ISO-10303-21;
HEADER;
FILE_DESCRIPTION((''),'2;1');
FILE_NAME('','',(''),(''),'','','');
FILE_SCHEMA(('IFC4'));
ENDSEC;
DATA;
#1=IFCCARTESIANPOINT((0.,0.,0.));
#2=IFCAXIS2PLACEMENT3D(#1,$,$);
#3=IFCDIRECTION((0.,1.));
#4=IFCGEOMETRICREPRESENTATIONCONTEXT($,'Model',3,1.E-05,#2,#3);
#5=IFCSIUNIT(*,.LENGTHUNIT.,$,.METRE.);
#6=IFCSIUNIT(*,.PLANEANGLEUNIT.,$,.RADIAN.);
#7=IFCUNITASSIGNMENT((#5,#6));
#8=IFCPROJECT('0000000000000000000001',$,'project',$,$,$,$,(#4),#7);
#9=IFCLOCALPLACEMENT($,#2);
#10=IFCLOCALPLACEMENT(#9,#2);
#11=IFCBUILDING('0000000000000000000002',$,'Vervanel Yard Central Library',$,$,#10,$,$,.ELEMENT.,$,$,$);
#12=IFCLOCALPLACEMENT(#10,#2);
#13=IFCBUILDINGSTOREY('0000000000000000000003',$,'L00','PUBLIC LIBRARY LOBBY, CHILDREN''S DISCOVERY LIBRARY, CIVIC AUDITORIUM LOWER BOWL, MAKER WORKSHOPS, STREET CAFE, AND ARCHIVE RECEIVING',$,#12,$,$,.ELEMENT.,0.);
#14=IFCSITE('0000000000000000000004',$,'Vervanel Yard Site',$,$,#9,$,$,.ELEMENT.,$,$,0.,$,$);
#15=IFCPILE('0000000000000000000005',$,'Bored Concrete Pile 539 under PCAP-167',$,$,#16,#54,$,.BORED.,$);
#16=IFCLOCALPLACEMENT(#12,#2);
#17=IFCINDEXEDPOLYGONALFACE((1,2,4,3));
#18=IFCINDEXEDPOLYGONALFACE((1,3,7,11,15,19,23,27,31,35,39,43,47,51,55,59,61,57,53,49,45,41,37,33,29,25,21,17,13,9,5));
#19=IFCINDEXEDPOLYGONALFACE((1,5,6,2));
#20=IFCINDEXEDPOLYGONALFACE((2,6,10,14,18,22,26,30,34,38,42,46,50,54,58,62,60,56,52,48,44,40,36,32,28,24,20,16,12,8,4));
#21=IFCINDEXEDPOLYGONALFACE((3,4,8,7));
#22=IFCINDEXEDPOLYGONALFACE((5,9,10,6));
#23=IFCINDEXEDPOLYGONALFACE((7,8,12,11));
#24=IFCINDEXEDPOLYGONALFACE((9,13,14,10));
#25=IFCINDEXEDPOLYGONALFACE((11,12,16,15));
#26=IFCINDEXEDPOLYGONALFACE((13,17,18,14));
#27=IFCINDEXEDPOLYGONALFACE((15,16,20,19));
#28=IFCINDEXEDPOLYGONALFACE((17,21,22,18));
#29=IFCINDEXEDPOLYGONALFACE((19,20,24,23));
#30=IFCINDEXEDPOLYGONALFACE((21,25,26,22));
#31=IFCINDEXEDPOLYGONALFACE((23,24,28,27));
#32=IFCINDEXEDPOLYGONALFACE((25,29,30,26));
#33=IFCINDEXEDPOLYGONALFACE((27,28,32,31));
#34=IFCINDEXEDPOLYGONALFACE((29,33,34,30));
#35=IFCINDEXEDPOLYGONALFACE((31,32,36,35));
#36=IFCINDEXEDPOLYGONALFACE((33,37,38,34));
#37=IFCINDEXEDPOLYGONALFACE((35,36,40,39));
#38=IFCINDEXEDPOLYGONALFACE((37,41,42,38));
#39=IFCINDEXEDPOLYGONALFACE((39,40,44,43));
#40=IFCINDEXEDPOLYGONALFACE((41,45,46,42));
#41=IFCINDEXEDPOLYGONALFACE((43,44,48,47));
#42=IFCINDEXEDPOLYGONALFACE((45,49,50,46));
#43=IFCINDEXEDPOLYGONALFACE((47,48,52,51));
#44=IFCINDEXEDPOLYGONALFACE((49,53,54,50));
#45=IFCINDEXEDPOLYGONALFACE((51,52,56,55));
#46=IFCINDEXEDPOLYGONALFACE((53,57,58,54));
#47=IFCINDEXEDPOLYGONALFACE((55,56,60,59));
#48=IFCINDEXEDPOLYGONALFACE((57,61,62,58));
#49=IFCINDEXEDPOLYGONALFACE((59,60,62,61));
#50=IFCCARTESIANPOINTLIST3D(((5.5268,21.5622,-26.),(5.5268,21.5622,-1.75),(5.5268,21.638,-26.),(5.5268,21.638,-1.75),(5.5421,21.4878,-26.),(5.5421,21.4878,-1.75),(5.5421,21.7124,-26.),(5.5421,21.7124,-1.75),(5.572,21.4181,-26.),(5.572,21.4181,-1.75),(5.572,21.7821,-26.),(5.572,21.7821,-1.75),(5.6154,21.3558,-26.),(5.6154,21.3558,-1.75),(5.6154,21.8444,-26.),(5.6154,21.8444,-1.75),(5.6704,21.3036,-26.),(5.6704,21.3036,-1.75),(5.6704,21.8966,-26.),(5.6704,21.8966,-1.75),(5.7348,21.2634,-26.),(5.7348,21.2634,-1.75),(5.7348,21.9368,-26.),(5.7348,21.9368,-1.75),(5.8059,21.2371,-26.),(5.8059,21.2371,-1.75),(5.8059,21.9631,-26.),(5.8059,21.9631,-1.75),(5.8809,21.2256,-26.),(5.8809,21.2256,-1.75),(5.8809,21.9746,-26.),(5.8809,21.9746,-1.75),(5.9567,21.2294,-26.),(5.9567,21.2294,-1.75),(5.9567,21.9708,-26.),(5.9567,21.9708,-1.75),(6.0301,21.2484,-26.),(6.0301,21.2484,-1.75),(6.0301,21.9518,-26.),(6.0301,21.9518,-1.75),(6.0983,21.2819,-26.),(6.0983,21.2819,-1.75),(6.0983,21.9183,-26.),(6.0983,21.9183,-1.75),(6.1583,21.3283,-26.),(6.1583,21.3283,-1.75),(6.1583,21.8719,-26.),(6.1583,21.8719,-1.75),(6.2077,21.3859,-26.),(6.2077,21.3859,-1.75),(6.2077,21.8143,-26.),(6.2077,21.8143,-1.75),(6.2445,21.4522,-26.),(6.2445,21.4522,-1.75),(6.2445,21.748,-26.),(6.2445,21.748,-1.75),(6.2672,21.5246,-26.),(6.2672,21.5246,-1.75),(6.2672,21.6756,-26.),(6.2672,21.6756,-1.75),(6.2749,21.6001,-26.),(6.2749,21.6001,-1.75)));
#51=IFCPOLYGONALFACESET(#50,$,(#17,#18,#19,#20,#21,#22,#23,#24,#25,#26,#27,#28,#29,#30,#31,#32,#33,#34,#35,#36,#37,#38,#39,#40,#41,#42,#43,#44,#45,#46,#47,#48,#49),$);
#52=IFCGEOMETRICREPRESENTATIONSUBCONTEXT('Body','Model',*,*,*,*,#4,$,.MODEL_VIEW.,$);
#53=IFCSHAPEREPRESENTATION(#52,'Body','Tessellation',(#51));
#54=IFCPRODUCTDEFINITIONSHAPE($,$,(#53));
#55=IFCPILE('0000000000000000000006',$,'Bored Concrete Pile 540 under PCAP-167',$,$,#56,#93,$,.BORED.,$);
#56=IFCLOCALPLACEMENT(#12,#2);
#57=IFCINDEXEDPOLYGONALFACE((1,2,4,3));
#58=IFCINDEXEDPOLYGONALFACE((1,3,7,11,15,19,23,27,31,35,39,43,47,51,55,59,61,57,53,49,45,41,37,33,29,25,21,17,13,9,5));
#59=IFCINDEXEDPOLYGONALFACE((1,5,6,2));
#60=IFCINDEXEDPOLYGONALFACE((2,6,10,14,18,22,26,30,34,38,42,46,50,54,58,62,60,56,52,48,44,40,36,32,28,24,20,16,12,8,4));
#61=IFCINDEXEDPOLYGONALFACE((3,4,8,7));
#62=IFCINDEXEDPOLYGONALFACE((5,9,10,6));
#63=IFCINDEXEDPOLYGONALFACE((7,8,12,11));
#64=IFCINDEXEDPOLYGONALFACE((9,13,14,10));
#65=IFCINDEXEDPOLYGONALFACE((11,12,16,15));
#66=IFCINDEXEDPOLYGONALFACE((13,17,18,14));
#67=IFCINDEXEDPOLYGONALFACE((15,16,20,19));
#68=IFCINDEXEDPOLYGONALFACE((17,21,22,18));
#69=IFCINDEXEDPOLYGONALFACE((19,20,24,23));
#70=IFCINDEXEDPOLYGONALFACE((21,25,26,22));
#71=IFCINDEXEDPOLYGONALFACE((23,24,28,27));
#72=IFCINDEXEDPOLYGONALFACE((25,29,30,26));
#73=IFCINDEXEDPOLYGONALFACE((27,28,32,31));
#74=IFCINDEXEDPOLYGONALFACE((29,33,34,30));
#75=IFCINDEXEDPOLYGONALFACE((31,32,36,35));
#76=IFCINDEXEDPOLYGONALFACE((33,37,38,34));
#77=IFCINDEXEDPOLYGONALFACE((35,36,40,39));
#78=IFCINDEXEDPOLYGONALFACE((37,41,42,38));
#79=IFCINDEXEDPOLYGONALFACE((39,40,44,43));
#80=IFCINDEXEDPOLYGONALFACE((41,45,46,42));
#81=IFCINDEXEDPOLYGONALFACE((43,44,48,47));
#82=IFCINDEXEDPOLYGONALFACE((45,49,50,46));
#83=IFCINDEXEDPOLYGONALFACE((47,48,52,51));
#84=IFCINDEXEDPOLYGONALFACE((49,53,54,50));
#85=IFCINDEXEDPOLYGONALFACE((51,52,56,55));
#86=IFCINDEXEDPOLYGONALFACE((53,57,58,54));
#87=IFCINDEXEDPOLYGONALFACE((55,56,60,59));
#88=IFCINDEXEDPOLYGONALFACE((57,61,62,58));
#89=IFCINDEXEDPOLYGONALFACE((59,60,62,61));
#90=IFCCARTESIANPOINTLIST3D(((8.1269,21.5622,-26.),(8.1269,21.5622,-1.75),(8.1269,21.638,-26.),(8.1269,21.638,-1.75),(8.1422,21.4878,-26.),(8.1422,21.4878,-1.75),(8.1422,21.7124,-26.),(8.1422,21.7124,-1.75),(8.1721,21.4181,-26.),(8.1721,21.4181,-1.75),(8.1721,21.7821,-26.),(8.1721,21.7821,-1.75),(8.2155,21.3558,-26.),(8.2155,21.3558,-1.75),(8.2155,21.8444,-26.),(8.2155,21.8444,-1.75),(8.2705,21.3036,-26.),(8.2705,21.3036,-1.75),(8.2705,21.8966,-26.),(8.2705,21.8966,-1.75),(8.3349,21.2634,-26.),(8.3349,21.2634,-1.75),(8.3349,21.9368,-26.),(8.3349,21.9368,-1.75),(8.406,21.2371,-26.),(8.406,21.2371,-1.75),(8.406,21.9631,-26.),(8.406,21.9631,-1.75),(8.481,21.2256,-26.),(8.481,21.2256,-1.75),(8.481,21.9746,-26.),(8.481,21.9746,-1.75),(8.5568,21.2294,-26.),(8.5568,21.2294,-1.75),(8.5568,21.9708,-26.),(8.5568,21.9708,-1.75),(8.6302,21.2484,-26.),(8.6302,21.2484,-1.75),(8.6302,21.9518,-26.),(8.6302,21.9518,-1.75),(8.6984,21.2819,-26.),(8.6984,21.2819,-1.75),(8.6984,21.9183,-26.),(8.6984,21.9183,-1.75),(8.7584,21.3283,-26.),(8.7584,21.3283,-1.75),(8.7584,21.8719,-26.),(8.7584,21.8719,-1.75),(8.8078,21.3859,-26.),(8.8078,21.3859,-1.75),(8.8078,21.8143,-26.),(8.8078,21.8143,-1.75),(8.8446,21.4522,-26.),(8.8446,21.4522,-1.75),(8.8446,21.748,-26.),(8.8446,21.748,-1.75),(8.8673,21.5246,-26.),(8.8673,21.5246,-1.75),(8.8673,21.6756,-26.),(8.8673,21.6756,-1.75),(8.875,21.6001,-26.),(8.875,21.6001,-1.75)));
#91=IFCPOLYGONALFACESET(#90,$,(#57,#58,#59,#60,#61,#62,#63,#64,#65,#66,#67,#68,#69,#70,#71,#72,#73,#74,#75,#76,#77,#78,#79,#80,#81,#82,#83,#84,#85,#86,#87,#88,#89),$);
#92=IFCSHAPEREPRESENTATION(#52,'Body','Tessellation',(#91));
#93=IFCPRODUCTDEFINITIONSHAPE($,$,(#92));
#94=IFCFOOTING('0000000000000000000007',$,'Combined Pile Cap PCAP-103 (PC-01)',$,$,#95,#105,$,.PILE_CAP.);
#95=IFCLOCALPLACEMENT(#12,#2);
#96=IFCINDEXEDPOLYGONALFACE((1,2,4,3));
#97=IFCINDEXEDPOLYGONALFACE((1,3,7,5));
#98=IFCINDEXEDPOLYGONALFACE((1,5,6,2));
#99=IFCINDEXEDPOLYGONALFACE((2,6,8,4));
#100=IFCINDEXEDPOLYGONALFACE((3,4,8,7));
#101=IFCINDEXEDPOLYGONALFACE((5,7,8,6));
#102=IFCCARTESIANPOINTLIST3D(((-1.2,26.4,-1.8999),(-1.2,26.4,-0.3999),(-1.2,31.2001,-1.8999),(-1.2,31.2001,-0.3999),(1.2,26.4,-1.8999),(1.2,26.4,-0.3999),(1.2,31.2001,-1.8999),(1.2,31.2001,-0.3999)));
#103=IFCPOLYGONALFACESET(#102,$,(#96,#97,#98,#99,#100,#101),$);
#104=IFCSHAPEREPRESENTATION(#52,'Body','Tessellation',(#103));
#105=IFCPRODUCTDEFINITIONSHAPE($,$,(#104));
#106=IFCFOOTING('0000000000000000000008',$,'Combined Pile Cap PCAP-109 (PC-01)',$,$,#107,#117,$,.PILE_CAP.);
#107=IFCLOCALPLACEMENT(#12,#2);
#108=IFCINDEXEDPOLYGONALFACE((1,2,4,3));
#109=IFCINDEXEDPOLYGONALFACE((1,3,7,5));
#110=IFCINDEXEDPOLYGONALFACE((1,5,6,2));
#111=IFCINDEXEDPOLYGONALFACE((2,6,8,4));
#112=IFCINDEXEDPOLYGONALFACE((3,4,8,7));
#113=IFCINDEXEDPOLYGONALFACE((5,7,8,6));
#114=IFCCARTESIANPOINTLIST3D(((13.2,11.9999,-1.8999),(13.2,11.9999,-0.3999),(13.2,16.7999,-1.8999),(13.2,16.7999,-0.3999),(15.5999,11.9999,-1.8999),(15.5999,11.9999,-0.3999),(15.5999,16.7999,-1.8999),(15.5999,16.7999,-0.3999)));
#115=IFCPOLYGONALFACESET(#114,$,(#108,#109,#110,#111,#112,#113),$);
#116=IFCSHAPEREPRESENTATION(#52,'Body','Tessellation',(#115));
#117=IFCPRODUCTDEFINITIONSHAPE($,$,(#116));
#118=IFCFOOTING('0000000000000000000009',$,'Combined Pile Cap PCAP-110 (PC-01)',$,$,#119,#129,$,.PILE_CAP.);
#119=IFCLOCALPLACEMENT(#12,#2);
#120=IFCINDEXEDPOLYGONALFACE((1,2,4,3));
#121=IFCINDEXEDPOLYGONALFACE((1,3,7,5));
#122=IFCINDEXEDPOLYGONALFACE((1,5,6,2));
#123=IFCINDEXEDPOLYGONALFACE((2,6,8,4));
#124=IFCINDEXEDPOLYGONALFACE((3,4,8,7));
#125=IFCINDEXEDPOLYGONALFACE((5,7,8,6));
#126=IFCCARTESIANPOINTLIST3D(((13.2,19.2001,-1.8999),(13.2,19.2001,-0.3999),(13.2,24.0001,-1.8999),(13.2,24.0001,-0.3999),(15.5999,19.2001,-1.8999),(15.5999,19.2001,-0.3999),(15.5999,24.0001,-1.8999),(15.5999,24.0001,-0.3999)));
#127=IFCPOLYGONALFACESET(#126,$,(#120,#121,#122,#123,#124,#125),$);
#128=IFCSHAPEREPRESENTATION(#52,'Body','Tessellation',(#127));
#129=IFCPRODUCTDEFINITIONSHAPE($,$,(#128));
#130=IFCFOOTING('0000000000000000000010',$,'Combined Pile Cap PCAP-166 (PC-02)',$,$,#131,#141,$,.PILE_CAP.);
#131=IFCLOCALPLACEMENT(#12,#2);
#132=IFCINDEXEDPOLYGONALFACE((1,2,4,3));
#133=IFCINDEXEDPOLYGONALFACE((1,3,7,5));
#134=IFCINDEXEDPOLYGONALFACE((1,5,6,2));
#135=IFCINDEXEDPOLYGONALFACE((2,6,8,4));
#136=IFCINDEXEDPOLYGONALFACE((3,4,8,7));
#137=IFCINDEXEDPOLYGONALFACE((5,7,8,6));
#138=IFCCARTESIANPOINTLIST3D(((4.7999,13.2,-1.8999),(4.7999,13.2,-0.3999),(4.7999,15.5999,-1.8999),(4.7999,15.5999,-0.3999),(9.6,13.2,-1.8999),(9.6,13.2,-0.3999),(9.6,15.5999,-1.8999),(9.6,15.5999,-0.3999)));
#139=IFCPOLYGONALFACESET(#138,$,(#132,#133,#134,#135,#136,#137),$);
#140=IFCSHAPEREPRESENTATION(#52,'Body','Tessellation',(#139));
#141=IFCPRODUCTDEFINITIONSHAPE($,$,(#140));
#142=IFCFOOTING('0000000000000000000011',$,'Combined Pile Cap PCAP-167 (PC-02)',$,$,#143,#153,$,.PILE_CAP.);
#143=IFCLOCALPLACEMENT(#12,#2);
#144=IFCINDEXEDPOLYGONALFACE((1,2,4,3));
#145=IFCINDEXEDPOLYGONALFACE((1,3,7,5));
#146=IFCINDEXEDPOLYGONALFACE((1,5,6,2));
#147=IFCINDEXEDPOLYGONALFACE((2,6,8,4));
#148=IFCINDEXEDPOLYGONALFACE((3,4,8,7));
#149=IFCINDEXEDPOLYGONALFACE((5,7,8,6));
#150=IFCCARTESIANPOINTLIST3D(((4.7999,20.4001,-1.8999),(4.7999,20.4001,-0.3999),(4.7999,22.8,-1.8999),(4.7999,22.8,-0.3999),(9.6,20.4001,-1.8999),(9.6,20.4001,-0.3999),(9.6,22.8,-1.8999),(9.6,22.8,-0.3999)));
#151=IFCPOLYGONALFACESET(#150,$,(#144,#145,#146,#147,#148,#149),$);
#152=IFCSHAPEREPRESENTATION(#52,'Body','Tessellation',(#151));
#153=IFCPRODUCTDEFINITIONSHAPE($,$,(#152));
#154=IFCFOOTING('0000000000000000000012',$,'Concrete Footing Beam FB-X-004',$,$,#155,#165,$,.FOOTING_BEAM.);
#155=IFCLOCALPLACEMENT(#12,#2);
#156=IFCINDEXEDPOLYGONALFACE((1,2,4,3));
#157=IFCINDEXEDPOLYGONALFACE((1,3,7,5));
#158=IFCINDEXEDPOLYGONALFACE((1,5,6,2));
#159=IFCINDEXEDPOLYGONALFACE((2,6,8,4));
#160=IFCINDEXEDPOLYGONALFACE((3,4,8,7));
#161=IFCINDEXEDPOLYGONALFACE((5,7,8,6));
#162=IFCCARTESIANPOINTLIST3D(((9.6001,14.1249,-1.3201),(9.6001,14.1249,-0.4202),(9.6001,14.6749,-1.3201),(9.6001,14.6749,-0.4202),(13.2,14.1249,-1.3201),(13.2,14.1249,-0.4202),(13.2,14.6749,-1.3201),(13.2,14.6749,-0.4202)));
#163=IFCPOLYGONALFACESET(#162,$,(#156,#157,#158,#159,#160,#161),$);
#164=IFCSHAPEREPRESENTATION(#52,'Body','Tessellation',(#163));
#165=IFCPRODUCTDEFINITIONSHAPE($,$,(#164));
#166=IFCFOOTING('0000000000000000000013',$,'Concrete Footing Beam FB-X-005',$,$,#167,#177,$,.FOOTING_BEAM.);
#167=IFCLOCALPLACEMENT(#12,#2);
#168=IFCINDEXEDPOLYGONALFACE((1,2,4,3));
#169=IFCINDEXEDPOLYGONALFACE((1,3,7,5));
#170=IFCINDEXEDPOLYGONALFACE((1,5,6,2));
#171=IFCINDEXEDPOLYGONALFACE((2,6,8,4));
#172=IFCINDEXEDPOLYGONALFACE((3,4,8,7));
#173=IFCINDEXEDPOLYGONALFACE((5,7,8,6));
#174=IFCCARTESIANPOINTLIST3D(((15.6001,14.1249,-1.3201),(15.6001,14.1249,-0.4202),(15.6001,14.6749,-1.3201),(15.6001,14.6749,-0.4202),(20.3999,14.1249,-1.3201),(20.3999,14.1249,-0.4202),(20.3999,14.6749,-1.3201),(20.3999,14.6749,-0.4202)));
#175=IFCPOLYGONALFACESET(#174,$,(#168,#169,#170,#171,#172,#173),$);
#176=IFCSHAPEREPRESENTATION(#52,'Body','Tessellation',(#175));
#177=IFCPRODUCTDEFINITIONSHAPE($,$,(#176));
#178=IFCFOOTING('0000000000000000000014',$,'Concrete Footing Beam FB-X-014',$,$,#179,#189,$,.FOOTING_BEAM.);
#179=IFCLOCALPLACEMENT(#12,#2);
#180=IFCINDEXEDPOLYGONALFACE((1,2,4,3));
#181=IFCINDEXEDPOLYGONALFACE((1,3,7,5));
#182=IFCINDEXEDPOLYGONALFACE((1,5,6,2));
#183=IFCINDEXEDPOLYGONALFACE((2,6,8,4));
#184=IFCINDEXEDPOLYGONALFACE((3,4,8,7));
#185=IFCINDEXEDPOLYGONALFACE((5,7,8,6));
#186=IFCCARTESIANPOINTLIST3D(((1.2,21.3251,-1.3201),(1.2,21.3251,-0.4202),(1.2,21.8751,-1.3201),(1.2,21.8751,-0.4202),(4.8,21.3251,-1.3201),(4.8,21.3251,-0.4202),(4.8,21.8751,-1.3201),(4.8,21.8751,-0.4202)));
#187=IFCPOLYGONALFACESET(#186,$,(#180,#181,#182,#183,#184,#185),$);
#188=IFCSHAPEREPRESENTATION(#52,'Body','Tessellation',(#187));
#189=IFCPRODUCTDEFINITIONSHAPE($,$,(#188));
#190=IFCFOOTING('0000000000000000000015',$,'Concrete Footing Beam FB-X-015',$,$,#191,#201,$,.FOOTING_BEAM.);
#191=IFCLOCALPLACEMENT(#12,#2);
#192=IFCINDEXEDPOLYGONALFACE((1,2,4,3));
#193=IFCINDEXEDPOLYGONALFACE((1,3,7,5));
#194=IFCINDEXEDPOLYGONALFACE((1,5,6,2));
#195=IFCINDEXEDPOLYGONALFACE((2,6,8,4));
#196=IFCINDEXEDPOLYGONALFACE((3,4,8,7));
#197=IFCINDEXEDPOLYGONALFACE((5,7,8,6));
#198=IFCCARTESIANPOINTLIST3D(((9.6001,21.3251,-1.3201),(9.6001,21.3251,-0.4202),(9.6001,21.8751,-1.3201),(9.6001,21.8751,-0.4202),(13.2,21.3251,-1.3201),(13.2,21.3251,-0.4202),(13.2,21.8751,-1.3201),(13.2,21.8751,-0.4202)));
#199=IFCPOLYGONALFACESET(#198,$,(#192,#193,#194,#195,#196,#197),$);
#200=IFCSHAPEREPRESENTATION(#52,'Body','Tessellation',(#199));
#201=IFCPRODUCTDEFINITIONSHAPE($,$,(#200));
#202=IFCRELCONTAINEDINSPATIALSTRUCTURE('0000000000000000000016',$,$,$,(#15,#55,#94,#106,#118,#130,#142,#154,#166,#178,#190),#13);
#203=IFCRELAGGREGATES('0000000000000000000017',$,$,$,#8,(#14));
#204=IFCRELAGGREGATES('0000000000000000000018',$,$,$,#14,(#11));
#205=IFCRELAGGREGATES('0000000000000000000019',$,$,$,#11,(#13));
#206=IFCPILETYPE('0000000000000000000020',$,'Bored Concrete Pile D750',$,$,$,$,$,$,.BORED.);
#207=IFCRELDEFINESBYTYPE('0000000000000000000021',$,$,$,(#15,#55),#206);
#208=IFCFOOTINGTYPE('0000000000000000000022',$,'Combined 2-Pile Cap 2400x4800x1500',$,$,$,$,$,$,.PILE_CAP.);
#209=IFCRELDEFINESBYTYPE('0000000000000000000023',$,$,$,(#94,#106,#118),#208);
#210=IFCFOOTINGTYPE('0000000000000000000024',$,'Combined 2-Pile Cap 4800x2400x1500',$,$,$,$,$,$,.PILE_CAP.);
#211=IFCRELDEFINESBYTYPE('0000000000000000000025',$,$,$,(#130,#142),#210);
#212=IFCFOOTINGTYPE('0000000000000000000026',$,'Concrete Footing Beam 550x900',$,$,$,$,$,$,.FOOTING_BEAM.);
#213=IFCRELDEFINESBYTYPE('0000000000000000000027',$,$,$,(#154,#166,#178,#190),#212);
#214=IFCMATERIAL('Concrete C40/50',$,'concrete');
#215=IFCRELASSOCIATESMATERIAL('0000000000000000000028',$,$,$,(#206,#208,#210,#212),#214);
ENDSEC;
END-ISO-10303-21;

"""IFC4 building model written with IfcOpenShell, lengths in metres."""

from ifc_helpers import new_model, si_unit, direction, frame, origin, origin_2d, place, context, subcontext, project, spatial, rectangle, circle, extrude, material, material_profile, profile_set, type_object, element, save


model = new_model("IFC4")

# Units and contexts
model_context = context("Model", 3, precision=1e-05, world=origin(), true_north=direction((0.0, 1.0)))
body_context = subcontext(model_context, "Body", "Model", "MODEL_VIEW")
ifc_project = project(units=[si_unit("LENGTHUNIT", "METRE"), si_unit("PLANEANGLEUNIT", "RADIAN")], contexts=[model_context])

# Site, building, storey
site_placement = place(None, origin())
site = spatial("IfcSite", under=ifc_project, at=site_placement, Name="Vervanel Yard Site", CompositionType="ELEMENT", RefElevation=0.0)
building_placement = place(site_placement, origin())
building = spatial("IfcBuilding", under=site, at=building_placement, Name="Vervanel Yard Central Library", CompositionType="ELEMENT")
storey_placement = place(building_placement, origin())
storey = spatial("IfcBuildingStorey", under=building, at=storey_placement, Name="L00", Description="PUBLIC LIBRARY LOBBY, CHILDREN'S DISCOVERY LIBRARY, CIVIC AUDITORIUM LOWER BOWL, MAKER WORKSHOPS, STREET CAFE, AND ARCHIVE RECEIVING", CompositionType="ELEMENT", Elevation=0.0)

# Piles
ifc_material_1 = material(Name="Concrete C40/50", Category="concrete")
ifc_material_profile_1 = material_profile(ifc_material_1, circle(Radius=0.375, at=origin_2d()), Name="BP D750", Category="concrete")
ifc_profile_set_1 = profile_set([ifc_material_profile_1], Name="Concrete C40/50")
pile_type = type_object("IfcPileType", Name="Bored Concrete Pile D750", PredefinedType="BORED", material=ifc_profile_set_1)
for number, where, z_axis, x_axis, name in (
    (1, (5.8999, 21.6001, -1.75), (0.0, 0.0, -1.0), (1.0, 0.0, 0.0), "Bored Concrete Pile 539 under PCAP-167"),
    (2, (8.5, 21.6001, -1.75), (0.0, 0.0, -1.0), (1.0, 0.0, 0.0), "Bored Concrete Pile 540 under PCAP-167"),
):
    element("IfcPile", number, at=place(storey_placement, frame(where, z_axis=z_axis, x_axis=x_axis)), inside=storey, type_object=pile_type, Name=name, PredefinedType="BORED", context=body_context, shape_type="SweptSolid", body=[
        extrude(circle(Radius=0.375, at=origin_2d()), origin(), (0.0, 0.0, 1.0), 24.25),
    ])

# Footings
footing_type_1 = type_object("IfcFootingType", Name="Combined 2-Pile Cap 2400x4800x1500", PredefinedType="PILE_CAP", material=ifc_material_1)
for number, where, z_axis, x_axis, name in (
    (3, (0.0, 28.8, -1.8999), (0.0, 0.0, 1.0), (1.0, 0.0, 0.0), "Combined Pile Cap PCAP-103 (PC-01)"),
    (4, (14.3999, 14.3999, -1.8999), (0.0, 0.0, 1.0), (1.0, 0.0, 0.0), "Combined Pile Cap PCAP-109 (PC-01)"),
    (5, (14.3999, 21.6001, -1.8999), (0.0, 0.0, 1.0), (1.0, 0.0, 0.0), "Combined Pile Cap PCAP-110 (PC-01)"),
):
    element("IfcFooting", number, at=place(storey_placement, frame(where, z_axis=z_axis, x_axis=x_axis)), inside=storey, type_object=footing_type_1, Name=name, PredefinedType="PILE_CAP", context=body_context, shape_type="SweptSolid", body=[
        extrude(rectangle(XDim=2.3999, YDim=4.8, at=origin_2d()), origin(), (0.0, 0.0, 1.0), 1.5),
    ])
footing_type_2 = type_object("IfcFootingType", Name="Combined 2-Pile Cap 4800x2400x1500", PredefinedType="PILE_CAP", material=ifc_material_1)
for number, where, z_axis, x_axis, name in (
    (6, (7.2, 14.3999, -1.8999), (0.0, 0.0, 1.0), (1.0, 0.0, 0.0), "Combined Pile Cap PCAP-166 (PC-02)"),
    (7, (7.2, 21.6001, -1.8999), (0.0, 0.0, 1.0), (1.0, 0.0, 0.0), "Combined Pile Cap PCAP-167 (PC-02)"),
):
    element("IfcFooting", number, at=place(storey_placement, frame(where, z_axis=z_axis, x_axis=x_axis)), inside=storey, type_object=footing_type_2, Name=name, PredefinedType="PILE_CAP", context=body_context, shape_type="SweptSolid", body=[
        extrude(rectangle(XDim=4.8, YDim=2.3999, at=origin_2d()), origin(), (0.0, 0.0, 1.0), 1.5),
    ])
ifc_material_profile_2 = material_profile(ifc_material_1, rectangle(XDim=0.55, YDim=0.8999, at=origin_2d()), Name="RC 550x900", Category="concrete")
ifc_profile_set_2 = profile_set([ifc_material_profile_2], Name="Concrete C40/50")
footing_type_3 = type_object("IfcFootingType", Name="Concrete Footing Beam 550x900", PredefinedType="FOOTING_BEAM", material=ifc_profile_set_2)
footing_1_placement = place(storey_placement, frame((9.6001, 14.3999, -0.8701), z_axis=(1.0, 0.0, 0.0), x_axis=(0.0, 1.0, 0.0)))
element("IfcFooting", 8, at=footing_1_placement, inside=storey, type_object=footing_type_3, Name="Concrete Footing Beam FB-X-004", PredefinedType="FOOTING_BEAM", context=body_context, shape_type="SweptSolid", body=[
    extrude(rectangle(XDim=0.55, YDim=0.8999, at=origin_2d()), origin(), (0.0, 0.0, 1.0), 3.5999),
])
footing_2_placement = place(storey_placement, frame((15.6001, 14.3999, -0.8701), z_axis=(1.0, 0.0, 0.0), x_axis=(0.0, 1.0, 0.0)))
element("IfcFooting", 9, at=footing_2_placement, inside=storey, type_object=footing_type_3, Name="Concrete Footing Beam FB-X-005", PredefinedType="FOOTING_BEAM", context=body_context, shape_type="SweptSolid", body=[
    extrude(rectangle(XDim=0.55, YDim=0.8999, at=origin_2d()), origin(), (0.0, 0.0, 1.0), 4.7998),
])
footing_3_placement = place(storey_placement, frame((1.2, 21.6001, -0.8701), z_axis=(1.0, 0.0, 0.0), x_axis=(0.0, 1.0, 0.0)))
element("IfcFooting", 10, at=footing_3_placement, inside=storey, type_object=footing_type_3, Name="Concrete Footing Beam FB-X-014", PredefinedType="FOOTING_BEAM", context=body_context, shape_type="SweptSolid", body=[
    extrude(rectangle(XDim=0.55, YDim=0.8999, at=origin_2d()), origin(), (0.0, 0.0, 1.0), 3.6001),
])
footing_4_placement = place(storey_placement, frame((9.6001, 21.6001, -0.8701), z_axis=(1.0, 0.0, 0.0), x_axis=(0.0, 1.0, 0.0)))
element("IfcFooting", 11, at=footing_4_placement, inside=storey, type_object=footing_type_3, Name="Concrete Footing Beam FB-X-015", PredefinedType="FOOTING_BEAM", context=body_context, shape_type="SweptSolid", body=[
    extrude(rectangle(XDim=0.55, YDim=0.8999, at=origin_2d()), origin(), (0.0, 0.0, 1.0), 3.5999),
])

save(model, "model.ifc")
